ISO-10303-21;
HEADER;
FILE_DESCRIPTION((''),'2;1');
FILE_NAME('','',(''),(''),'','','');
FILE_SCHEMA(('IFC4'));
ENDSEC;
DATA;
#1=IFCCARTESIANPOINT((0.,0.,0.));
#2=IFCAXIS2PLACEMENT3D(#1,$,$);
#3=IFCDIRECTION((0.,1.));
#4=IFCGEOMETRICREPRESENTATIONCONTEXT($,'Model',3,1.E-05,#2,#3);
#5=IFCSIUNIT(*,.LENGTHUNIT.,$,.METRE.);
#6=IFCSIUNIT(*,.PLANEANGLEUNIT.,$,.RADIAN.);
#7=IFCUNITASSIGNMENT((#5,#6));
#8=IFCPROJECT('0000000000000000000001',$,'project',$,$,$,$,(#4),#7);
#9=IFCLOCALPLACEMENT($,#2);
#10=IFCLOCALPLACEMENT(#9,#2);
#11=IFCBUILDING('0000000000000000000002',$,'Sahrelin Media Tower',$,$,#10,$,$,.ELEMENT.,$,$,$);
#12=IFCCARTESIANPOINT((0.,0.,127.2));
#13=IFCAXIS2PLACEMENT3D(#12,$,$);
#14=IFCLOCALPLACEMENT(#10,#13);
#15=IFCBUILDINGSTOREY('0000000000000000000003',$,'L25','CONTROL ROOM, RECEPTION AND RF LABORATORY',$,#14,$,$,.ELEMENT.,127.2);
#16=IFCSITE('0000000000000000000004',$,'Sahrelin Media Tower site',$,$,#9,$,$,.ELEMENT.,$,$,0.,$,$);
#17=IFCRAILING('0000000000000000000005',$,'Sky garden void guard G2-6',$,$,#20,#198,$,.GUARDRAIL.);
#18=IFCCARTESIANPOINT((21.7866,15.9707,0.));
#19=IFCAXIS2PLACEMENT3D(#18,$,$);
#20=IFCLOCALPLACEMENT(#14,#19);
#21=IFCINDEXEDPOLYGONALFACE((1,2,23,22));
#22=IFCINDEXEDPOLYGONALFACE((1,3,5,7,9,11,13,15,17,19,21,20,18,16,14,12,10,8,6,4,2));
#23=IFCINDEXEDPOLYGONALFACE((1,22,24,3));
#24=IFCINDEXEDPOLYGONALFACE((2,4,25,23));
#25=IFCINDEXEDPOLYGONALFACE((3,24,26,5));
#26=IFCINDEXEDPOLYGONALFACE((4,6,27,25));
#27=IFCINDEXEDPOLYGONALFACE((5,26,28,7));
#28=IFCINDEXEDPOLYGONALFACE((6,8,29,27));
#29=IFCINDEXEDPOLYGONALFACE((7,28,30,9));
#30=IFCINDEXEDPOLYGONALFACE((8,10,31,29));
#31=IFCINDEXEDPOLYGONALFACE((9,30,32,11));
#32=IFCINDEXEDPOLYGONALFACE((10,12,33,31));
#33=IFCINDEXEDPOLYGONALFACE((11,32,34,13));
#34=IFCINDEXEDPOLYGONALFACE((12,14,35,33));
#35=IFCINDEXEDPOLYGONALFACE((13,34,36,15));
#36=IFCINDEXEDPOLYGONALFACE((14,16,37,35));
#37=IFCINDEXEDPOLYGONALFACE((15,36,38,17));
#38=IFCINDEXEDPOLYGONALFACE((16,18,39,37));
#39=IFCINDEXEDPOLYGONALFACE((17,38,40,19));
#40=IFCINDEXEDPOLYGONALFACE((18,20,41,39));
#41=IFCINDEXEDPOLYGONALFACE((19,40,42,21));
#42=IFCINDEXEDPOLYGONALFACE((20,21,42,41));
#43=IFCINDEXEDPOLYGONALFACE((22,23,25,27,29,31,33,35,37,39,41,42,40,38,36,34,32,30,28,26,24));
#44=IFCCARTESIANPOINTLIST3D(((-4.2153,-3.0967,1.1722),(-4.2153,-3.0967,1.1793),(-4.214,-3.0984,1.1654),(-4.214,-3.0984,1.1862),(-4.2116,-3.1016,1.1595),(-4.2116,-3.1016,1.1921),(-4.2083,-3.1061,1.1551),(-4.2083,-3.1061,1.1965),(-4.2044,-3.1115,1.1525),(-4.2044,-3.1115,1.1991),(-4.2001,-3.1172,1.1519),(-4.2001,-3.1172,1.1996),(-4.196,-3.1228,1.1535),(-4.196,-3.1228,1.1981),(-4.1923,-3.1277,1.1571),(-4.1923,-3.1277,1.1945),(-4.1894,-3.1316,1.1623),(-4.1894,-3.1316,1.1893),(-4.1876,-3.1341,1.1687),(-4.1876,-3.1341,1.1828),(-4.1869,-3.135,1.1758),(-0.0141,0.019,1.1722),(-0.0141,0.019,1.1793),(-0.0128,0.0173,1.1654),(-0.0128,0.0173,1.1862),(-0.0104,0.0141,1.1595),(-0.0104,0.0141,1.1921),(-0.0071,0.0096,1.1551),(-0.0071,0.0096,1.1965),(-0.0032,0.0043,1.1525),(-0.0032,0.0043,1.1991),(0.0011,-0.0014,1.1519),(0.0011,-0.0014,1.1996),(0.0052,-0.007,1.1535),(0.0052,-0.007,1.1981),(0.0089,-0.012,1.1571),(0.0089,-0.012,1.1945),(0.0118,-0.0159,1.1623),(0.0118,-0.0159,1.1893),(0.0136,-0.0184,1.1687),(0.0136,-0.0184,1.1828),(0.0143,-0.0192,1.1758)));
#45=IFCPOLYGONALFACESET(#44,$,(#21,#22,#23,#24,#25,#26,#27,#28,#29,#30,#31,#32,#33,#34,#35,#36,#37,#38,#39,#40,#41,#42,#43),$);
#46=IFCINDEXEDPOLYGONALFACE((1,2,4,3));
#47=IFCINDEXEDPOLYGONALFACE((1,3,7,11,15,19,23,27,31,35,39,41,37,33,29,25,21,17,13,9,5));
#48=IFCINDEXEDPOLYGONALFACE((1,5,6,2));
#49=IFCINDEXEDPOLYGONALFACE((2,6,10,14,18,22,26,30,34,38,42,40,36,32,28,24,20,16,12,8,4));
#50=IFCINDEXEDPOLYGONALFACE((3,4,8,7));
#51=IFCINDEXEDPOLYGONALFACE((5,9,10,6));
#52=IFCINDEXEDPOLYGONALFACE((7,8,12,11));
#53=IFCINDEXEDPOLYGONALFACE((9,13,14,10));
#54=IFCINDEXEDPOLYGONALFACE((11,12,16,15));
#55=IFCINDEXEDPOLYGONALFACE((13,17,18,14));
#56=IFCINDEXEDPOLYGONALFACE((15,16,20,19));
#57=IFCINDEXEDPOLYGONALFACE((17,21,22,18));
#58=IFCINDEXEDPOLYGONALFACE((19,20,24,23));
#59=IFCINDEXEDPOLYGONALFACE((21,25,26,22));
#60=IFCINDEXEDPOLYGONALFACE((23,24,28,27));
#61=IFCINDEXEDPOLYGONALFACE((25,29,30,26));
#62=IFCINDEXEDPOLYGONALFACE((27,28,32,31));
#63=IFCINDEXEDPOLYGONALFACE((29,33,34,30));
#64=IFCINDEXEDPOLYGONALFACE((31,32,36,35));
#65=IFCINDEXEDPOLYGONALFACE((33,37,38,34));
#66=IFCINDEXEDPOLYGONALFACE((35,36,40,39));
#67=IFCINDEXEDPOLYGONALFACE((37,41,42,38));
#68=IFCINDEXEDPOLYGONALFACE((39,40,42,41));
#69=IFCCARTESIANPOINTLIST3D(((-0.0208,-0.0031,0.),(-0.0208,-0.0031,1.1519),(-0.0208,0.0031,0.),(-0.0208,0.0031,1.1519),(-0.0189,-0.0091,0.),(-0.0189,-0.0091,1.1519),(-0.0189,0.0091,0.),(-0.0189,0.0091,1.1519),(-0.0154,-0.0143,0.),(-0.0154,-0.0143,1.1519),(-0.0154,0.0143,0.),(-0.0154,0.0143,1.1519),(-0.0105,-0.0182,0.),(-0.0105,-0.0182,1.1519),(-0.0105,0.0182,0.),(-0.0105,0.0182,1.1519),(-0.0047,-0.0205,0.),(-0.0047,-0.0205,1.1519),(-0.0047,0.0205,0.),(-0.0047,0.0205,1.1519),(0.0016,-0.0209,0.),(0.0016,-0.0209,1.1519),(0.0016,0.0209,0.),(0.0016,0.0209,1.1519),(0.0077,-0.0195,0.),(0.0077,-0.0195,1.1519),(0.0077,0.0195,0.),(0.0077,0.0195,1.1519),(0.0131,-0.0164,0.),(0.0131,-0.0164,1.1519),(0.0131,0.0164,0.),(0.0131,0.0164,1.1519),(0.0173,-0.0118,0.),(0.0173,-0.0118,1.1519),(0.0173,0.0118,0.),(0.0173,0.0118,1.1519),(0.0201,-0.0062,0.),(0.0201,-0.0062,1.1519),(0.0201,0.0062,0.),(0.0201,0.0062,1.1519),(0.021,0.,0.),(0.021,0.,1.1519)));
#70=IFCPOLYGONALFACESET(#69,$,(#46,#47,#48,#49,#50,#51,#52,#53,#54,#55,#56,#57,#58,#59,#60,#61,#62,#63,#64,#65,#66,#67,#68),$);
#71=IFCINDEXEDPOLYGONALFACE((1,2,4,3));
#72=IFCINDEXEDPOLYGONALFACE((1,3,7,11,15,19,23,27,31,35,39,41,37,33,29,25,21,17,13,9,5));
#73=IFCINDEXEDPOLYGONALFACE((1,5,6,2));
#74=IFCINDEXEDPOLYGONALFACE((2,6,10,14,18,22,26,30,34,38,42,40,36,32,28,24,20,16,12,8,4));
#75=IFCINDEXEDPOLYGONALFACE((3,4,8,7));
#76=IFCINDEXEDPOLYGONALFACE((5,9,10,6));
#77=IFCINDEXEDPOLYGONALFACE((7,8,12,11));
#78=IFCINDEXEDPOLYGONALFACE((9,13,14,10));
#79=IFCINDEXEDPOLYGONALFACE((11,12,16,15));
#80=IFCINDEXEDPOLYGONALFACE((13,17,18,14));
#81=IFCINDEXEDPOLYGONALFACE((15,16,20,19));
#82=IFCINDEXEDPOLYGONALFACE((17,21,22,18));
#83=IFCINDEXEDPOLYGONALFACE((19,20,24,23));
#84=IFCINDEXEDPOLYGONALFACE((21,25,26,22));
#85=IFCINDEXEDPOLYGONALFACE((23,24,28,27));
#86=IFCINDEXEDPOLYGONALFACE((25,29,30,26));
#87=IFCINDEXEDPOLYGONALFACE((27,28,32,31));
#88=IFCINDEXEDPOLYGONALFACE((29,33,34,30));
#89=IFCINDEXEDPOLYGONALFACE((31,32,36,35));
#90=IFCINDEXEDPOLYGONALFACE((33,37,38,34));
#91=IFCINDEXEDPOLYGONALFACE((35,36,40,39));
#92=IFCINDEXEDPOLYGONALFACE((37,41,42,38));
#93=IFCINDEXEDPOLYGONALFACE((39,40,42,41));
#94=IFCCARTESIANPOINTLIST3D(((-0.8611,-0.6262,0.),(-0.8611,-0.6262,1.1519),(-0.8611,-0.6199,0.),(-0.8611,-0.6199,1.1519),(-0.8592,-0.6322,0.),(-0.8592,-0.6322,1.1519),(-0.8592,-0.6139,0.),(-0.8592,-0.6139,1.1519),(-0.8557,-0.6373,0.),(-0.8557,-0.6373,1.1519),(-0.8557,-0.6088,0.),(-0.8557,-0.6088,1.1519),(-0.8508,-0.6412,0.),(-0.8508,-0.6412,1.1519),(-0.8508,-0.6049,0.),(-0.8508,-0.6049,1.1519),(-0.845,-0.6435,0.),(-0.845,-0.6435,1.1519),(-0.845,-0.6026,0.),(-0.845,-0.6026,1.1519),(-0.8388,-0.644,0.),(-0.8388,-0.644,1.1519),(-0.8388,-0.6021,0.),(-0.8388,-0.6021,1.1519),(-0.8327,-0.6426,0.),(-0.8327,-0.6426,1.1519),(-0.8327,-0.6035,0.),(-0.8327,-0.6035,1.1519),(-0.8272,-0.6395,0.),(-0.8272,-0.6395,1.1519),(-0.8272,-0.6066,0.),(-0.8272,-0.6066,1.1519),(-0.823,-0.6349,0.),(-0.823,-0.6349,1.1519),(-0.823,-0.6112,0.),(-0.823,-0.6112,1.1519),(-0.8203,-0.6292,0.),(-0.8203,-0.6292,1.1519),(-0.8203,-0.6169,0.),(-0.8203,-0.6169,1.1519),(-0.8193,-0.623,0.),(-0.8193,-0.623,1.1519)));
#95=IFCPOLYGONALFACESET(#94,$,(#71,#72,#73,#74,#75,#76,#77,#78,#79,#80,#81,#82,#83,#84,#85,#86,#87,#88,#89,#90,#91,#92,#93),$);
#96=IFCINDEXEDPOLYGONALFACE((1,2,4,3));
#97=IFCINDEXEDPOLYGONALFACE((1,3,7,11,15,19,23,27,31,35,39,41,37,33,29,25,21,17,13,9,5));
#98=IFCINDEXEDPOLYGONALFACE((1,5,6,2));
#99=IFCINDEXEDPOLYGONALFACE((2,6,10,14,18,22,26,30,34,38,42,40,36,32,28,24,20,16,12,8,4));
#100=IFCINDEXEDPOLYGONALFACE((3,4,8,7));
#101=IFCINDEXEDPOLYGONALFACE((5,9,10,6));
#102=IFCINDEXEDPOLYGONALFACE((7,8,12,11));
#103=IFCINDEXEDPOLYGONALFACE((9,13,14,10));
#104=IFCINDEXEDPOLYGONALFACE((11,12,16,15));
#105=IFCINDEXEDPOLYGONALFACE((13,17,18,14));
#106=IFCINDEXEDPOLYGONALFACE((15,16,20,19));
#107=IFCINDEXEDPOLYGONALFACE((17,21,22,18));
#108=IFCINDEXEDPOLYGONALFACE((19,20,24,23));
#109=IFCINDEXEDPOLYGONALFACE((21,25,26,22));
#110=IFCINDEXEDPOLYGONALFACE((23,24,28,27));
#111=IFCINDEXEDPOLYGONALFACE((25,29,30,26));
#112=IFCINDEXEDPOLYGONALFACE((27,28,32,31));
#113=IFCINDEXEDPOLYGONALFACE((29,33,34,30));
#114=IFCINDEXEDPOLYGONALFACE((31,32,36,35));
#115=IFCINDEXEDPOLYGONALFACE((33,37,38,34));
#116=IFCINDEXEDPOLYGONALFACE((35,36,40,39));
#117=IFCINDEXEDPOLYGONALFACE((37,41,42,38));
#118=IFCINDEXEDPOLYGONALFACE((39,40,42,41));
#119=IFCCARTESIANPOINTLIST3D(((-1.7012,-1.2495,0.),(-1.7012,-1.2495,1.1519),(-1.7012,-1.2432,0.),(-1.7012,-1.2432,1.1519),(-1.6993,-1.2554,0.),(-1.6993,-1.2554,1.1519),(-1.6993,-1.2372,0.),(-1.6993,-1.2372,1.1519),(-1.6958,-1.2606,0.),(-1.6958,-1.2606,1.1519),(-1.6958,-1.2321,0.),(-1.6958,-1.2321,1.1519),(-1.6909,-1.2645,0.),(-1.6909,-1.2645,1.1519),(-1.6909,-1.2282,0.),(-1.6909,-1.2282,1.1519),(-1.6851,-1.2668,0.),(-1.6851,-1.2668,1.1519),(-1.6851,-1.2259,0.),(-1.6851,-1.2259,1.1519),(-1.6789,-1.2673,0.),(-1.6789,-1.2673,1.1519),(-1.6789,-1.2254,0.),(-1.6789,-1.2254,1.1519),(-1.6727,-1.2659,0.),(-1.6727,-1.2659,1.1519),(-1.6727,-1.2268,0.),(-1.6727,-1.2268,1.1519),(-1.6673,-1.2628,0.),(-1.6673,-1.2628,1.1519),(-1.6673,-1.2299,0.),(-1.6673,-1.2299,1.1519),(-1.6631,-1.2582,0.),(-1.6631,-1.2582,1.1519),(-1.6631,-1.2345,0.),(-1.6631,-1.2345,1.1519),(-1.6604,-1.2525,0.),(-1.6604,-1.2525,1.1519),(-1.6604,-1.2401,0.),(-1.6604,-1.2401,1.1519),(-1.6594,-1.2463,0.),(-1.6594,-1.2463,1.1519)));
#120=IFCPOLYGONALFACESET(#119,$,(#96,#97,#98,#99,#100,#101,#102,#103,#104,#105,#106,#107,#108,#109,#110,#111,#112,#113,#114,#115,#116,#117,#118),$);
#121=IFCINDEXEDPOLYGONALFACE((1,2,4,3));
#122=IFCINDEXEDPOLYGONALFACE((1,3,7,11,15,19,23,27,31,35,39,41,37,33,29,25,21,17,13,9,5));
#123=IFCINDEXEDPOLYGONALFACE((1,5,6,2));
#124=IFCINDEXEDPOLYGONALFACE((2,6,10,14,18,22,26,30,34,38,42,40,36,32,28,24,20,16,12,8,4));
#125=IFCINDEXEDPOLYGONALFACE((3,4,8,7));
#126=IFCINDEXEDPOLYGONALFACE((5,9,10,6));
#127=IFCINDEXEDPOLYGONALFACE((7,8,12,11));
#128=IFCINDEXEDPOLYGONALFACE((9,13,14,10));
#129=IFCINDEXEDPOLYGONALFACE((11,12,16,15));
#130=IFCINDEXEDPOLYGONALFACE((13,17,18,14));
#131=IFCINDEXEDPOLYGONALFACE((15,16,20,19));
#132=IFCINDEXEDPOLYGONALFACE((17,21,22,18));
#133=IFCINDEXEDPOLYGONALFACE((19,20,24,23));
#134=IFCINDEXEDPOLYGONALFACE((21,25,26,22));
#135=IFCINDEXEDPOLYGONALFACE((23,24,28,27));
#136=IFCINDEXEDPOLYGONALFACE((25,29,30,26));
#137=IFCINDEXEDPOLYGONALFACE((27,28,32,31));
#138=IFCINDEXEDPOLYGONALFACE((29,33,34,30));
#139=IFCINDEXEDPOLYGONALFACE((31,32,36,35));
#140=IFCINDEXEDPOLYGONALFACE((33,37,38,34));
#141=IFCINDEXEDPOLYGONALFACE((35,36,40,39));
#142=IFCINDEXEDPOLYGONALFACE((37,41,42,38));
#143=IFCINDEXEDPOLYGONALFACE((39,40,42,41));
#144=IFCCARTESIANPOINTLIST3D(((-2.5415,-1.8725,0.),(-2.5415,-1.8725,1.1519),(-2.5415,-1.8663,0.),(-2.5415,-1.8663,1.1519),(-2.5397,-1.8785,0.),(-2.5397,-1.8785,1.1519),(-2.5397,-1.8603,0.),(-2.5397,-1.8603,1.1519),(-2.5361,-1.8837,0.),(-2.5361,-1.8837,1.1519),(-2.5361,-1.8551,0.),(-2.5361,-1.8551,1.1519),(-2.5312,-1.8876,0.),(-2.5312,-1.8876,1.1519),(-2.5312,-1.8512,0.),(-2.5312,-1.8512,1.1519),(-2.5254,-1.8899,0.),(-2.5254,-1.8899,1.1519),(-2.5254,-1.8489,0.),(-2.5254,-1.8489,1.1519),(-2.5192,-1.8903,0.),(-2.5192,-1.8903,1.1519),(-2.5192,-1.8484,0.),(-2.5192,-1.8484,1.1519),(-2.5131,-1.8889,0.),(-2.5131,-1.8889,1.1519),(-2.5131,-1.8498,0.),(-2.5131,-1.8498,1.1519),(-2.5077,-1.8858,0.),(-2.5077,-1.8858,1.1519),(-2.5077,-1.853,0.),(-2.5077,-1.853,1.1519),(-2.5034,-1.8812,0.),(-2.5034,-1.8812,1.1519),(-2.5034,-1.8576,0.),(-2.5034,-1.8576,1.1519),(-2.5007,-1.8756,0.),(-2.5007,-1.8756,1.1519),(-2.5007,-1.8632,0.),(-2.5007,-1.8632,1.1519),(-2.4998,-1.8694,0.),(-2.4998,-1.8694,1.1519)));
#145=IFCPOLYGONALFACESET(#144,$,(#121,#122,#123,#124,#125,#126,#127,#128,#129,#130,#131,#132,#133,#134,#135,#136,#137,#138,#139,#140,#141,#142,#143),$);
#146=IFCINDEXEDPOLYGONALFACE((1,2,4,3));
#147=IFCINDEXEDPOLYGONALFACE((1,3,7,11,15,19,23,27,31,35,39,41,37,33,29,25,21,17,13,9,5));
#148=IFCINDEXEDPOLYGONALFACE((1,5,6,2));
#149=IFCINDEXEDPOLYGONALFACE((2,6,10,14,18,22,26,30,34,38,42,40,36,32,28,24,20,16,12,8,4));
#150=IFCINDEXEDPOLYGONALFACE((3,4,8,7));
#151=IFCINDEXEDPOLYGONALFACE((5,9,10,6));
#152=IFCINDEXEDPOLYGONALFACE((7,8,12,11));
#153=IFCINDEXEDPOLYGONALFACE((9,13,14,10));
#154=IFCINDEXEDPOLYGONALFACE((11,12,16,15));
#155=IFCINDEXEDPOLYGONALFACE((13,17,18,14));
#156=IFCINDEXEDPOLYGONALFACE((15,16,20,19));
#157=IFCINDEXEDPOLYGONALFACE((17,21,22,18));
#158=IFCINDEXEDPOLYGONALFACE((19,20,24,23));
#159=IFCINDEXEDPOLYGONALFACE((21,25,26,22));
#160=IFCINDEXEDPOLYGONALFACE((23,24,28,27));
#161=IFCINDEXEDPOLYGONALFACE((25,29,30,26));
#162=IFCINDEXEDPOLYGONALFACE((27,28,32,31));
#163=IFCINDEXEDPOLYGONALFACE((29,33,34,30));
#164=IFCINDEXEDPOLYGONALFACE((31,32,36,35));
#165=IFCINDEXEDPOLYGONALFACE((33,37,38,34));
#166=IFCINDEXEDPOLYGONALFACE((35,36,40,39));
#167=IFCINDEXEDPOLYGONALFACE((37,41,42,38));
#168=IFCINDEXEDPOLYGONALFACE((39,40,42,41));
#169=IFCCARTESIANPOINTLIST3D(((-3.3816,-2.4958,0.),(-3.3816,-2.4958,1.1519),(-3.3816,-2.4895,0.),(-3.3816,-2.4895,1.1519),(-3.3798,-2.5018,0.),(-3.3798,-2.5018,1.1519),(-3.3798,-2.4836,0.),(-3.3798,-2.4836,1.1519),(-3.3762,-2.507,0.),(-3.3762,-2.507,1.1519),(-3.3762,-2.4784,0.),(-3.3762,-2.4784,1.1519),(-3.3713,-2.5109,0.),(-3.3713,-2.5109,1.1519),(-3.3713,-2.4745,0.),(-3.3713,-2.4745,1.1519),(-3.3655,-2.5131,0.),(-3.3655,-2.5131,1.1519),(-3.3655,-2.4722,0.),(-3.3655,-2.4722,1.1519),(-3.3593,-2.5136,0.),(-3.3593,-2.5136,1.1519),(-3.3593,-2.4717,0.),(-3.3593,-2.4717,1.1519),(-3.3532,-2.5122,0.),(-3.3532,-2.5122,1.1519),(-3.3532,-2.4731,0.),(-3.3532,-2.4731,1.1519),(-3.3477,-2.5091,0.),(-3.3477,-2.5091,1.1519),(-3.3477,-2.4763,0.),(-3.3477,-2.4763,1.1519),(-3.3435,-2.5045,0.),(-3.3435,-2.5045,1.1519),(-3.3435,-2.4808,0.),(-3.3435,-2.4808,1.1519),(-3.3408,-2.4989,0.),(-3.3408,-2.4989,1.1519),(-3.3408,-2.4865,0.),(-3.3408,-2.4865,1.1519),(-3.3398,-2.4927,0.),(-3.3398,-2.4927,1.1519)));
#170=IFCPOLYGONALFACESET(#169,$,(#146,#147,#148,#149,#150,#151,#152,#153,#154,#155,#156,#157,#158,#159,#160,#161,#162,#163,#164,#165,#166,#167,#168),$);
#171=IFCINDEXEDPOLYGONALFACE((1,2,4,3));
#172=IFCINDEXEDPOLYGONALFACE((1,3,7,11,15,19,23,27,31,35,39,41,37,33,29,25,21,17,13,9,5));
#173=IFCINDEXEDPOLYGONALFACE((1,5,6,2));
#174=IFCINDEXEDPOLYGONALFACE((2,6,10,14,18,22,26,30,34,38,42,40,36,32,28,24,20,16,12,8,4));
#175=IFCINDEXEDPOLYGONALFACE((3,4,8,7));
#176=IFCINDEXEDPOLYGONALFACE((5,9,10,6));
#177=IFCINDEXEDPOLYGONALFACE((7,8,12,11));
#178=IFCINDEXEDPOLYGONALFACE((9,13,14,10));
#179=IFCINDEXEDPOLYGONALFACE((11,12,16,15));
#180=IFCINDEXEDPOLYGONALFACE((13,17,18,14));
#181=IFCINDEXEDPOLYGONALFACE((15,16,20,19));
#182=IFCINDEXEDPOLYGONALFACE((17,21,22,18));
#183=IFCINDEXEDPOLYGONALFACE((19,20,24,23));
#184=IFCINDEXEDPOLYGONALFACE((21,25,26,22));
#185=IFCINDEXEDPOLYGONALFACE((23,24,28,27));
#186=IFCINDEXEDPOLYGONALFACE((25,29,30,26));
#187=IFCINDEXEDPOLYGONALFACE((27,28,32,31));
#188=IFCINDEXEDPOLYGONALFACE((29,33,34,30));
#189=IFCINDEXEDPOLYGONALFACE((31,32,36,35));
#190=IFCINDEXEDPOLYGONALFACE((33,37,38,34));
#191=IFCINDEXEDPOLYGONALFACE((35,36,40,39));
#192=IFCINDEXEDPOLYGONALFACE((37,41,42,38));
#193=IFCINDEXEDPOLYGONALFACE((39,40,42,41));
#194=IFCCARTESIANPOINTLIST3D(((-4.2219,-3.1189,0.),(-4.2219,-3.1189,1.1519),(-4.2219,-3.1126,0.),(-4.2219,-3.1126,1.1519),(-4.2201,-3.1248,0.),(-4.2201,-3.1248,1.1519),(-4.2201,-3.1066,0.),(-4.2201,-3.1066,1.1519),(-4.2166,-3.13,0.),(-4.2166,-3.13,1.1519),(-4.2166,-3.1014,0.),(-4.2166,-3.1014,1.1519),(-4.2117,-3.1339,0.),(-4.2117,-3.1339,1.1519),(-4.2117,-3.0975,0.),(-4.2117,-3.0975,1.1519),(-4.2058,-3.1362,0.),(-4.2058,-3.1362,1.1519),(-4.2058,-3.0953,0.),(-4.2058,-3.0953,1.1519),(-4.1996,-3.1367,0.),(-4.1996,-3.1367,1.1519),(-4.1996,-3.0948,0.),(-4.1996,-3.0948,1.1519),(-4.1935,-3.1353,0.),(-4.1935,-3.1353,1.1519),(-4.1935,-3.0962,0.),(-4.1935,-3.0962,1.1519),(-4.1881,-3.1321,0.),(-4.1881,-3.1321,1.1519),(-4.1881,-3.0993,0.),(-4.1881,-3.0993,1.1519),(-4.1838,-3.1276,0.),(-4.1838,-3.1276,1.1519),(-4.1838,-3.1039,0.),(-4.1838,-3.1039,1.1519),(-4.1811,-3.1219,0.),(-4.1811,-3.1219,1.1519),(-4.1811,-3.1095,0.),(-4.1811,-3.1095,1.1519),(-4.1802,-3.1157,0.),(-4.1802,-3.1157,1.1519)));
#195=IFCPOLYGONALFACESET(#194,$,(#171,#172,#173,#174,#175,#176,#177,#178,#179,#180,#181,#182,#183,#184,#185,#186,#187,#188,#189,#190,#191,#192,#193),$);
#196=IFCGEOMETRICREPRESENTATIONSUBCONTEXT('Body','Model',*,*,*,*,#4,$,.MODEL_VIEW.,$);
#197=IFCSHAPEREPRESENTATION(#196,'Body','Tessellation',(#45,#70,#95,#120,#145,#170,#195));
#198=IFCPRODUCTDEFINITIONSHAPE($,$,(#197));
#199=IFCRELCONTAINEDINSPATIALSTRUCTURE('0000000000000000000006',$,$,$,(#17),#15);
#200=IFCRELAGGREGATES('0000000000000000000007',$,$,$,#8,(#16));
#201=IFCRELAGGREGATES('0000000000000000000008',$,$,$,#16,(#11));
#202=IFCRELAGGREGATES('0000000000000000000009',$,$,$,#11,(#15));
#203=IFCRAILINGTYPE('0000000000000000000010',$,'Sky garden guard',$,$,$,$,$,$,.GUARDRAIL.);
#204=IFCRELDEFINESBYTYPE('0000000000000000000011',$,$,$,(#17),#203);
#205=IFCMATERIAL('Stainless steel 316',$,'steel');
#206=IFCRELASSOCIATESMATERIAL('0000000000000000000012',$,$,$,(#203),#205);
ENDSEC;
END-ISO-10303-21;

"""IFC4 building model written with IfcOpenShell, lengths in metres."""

from ifc_helpers import new_model, si_unit, direction, frame, origin, origin_2d, place, context, subcontext, project, spatial, circle, extrude, material, type_object, element, save


model = new_model("IFC4")

# Units and contexts
model_context = context("Model", 3, precision=1e-05, world=origin(), true_north=direction((0.0, 1.0)))
body_context = subcontext(model_context, "Body", "Model", "MODEL_VIEW")
ifc_project = project(units=[si_unit("LENGTHUNIT", "METRE"), si_unit("PLANEANGLEUNIT", "RADIAN")], contexts=[model_context])

# Site, building, storey
site_placement = place(None, origin())
site = spatial("IfcSite", under=ifc_project, at=site_placement, Name="Sahrelin Media Tower site", CompositionType="ELEMENT", RefElevation=0.0)
building_placement = place(site_placement, origin())
building = spatial("IfcBuilding", under=site, at=building_placement, Name="Sahrelin Media Tower", CompositionType="ELEMENT")
storey_placement = place(building_placement, frame((0.0, 0.0, 127.2)))
storey = spatial("IfcBuildingStorey", under=building, at=storey_placement, Name="L25", Description="CONTROL ROOM, RECEPTION AND RF LABORATORY", CompositionType="ELEMENT", Elevation=127.2)

# Railing
ifc_material_1 = material(Name="Stainless steel 316", Category="steel")
railing_type = type_object("IfcRailingType", Name="Sky garden guard", PredefinedType="GUARDRAIL", material=ifc_material_1)
railing_1_placement = place(storey_placement, frame((21.7866, 15.9707, 0.0)))
element("IfcRailing", 1, at=railing_1_placement, inside=storey, type_object=railing_type, Name="Sky garden void guard G2-6", PredefinedType="GUARDRAIL", context=body_context, shape_type="SweptSolid", body=[
    extrude(circle(Radius=0.0239, at=origin_2d()), frame((0.0, 0.0, 1.1758), z_axis=(-0.803215, -0.59569, 0.0), x_axis=(0.59569, -0.803215, 0.0)), (0.0, 0.0, 1.0), 5.2305),
    extrude(circle(Radius=0.021, at=origin_2d()), origin(), (0.0, 0.0, 1.0), 1.1519),
    extrude(circle(Radius=0.021, at=origin_2d()), frame((-0.8403, -0.623, 0.0)), (0.0, 0.0, 1.0), 1.1519),
    extrude(circle(Radius=0.021, at=origin_2d()), frame((-1.6804, -1.2463, 0.0)), (0.0, 0.0, 1.0), 1.1519),
    extrude(circle(Radius=0.021, at=origin_2d()), frame((-2.5208, -1.8694, 0.0)), (0.0, 0.0, 1.0), 1.1519),
    extrude(circle(Radius=0.021, at=origin_2d()), frame((-3.3608, -2.4927, 0.0)), (0.0, 0.0, 1.0), 1.1519),
    extrude(circle(Radius=0.021, at=origin_2d()), frame((-4.2012, -3.1157, 0.0)), (0.0, 0.0, 1.0), 1.1519),
])

save(model, "model.ifc")
